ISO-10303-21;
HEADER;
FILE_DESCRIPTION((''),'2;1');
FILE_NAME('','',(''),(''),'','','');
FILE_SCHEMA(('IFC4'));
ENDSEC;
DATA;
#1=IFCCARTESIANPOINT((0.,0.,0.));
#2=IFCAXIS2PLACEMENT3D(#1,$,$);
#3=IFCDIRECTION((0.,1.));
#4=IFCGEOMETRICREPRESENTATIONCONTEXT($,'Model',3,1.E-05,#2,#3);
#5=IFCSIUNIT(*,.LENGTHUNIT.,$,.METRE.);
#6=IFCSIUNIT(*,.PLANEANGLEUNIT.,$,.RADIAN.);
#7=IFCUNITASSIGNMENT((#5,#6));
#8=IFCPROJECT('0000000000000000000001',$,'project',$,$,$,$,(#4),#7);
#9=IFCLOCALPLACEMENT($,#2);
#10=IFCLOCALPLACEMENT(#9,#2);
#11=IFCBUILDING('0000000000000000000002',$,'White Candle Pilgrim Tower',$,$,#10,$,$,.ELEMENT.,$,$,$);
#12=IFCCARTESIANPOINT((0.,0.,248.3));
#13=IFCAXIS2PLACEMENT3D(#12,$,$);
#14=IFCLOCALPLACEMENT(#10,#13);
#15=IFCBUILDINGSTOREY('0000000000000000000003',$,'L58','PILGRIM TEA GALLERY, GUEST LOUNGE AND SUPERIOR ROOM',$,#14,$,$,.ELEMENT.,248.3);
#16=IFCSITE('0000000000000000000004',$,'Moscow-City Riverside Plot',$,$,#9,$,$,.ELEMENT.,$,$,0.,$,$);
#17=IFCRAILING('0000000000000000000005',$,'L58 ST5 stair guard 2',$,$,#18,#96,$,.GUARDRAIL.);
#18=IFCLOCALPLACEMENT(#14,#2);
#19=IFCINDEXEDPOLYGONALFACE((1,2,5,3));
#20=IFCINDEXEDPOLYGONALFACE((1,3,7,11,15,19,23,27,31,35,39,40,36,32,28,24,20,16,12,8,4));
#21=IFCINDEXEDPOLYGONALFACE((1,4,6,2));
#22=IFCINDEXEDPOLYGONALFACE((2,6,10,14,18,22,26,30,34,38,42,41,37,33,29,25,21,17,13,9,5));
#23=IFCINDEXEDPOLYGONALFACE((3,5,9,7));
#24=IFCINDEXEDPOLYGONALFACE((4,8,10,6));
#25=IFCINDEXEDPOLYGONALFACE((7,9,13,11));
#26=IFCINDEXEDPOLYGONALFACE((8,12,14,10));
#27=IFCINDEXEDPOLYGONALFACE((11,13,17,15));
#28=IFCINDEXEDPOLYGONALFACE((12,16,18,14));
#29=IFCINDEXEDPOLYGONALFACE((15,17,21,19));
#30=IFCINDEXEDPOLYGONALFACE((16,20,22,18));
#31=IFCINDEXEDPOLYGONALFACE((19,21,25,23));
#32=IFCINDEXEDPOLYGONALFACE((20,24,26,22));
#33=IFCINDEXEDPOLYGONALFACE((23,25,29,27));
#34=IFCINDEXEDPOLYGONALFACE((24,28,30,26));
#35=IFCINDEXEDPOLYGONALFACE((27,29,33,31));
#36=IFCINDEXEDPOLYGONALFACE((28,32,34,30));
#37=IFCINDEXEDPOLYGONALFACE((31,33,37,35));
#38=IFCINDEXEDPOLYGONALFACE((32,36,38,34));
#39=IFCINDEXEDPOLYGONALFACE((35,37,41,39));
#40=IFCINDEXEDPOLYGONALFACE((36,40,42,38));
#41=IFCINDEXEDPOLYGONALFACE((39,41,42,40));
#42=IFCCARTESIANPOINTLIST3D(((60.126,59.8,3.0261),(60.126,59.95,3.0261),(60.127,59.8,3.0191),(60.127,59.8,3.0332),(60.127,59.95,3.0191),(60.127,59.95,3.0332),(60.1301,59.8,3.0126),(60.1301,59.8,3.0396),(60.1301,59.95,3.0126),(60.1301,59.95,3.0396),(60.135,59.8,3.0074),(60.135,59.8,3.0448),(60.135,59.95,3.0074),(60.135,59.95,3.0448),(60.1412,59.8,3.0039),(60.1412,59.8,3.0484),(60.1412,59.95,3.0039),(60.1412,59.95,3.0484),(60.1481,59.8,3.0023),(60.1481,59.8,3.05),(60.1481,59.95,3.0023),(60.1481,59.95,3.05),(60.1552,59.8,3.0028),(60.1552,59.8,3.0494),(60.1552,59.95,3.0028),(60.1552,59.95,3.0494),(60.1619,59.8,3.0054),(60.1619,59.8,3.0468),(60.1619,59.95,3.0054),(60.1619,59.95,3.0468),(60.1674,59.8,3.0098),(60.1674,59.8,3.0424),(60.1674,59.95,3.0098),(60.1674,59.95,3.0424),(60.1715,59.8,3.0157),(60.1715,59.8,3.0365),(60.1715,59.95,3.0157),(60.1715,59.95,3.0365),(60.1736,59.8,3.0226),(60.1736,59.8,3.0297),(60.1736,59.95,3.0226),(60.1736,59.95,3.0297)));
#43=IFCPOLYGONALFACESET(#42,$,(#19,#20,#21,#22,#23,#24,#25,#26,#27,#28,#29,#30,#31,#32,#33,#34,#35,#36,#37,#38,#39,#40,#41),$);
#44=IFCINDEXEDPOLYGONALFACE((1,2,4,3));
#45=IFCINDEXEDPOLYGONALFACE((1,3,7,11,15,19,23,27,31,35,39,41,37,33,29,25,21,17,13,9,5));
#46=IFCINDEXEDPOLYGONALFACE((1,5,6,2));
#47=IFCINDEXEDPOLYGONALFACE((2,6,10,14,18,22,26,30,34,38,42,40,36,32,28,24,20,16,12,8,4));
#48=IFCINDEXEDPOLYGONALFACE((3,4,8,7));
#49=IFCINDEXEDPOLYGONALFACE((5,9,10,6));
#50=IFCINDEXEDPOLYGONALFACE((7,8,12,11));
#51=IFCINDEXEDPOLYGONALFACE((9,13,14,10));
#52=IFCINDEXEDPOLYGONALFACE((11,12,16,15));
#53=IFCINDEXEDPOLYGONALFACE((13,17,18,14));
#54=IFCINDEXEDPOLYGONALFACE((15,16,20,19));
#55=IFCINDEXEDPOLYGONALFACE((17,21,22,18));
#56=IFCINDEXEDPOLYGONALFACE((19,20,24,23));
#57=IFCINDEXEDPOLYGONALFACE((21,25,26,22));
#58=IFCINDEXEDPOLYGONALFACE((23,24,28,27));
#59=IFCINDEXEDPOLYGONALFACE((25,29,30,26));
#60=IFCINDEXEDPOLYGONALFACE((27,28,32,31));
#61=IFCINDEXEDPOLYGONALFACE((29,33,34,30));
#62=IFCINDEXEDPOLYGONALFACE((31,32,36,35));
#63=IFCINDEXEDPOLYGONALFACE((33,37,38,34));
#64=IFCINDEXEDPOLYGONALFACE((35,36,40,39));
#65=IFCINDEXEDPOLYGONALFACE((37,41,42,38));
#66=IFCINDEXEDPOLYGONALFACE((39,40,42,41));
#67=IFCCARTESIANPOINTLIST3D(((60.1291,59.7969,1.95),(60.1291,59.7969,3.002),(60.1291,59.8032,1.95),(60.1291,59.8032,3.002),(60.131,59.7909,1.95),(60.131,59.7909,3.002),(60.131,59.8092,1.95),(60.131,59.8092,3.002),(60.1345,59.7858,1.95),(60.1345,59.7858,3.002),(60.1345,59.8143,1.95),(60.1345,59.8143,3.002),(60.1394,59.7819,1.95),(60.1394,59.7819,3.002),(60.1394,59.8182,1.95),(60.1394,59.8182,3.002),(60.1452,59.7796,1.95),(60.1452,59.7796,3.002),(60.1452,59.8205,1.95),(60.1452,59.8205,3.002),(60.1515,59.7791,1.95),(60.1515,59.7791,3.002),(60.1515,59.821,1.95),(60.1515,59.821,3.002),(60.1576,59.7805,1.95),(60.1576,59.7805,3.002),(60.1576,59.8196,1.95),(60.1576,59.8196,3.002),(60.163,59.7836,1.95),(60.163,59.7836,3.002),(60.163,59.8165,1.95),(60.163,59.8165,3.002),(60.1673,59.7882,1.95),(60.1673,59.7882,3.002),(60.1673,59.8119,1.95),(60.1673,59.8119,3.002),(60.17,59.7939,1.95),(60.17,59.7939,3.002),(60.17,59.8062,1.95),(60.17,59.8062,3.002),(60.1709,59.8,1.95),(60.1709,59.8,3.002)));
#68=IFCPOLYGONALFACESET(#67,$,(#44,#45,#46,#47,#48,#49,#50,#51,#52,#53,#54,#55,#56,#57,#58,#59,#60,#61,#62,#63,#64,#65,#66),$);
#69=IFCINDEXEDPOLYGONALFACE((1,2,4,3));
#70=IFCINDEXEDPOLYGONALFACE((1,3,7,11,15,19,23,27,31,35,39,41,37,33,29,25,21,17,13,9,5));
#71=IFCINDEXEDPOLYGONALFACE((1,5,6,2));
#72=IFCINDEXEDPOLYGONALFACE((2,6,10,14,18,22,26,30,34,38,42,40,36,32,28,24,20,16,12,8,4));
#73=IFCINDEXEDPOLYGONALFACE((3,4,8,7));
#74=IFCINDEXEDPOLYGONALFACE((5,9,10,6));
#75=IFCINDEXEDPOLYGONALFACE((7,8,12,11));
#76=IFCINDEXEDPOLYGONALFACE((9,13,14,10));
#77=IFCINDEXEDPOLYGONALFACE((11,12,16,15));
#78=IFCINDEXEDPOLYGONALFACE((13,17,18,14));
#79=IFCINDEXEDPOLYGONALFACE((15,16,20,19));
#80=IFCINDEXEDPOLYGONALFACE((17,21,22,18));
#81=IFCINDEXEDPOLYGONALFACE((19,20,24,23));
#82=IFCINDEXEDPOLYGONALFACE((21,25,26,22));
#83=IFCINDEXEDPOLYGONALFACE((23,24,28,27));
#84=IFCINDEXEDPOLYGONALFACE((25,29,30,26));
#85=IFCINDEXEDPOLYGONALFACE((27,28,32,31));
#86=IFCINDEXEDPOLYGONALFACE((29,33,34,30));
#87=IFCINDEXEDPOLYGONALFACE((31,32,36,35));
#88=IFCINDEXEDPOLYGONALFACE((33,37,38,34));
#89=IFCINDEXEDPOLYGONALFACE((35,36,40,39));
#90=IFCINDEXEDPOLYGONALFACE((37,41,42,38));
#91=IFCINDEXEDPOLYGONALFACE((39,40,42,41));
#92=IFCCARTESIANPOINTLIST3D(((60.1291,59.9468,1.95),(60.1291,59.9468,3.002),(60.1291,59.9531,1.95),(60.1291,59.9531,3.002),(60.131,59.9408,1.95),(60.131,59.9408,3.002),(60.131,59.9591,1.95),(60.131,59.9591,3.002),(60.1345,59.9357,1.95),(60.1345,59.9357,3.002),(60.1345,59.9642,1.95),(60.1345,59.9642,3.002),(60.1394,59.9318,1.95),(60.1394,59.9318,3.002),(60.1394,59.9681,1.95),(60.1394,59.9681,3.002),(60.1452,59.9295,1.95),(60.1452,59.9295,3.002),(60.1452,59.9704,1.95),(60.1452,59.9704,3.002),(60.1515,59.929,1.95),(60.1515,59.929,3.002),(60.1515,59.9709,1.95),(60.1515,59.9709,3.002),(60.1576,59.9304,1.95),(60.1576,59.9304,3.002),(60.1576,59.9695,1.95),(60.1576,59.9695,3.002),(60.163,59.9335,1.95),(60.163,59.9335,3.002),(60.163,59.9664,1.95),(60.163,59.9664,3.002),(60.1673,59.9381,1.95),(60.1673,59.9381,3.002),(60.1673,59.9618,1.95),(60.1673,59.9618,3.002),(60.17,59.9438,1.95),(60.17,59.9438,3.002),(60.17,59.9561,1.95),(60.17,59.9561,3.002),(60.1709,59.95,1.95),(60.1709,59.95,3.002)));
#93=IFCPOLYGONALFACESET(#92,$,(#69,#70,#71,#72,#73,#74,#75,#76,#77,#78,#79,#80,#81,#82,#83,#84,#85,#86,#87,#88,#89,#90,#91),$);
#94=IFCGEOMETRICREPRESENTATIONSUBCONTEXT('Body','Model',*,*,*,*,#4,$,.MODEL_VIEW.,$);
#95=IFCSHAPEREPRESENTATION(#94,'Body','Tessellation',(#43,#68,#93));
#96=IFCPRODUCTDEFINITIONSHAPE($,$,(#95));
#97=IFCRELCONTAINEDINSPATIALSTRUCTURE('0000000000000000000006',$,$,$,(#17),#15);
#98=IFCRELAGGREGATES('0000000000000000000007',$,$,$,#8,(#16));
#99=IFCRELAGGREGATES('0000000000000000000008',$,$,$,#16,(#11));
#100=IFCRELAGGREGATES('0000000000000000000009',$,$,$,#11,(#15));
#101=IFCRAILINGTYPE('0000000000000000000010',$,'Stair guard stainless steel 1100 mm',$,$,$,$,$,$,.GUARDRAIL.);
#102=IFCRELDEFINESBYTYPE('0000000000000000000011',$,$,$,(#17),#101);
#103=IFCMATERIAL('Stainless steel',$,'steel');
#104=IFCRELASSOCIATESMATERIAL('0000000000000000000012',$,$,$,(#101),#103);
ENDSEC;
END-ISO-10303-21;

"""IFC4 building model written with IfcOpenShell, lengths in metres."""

from ifc_helpers import new_model, si_unit, direction, frame, origin, origin_2d, place, context, subcontext, project, spatial, circle, extrude, material, type_object, element, save


model = new_model("IFC4")

# Units and contexts
model_context = context("Model", 3, precision=1e-05, world=origin(), true_north=direction((0.0, 1.0)))
body_context = subcontext(model_context, "Body", "Model", "MODEL_VIEW")
ifc_project = project(units=[si_unit("LENGTHUNIT", "METRE"), si_unit("PLANEANGLEUNIT", "RADIAN")], contexts=[model_context])

# Site, building, storey
site_placement = place(None, origin())
site = spatial("IfcSite", under=ifc_project, at=site_placement, Name="Moscow-City Riverside Plot", CompositionType="ELEMENT", RefElevation=0.0)
building_placement = place(site_placement, origin())
building = spatial("IfcBuilding", under=site, at=building_placement, Name="White Candle Pilgrim Tower", CompositionType="ELEMENT")
storey_placement = place(building_placement, frame((0.0, 0.0, 248.3)))
storey = spatial("IfcBuildingStorey", under=building, at=storey_placement, Name="L58", Description="PILGRIM TEA GALLERY, GUEST LOUNGE AND SUPERIOR ROOM", CompositionType="ELEMENT", Elevation=248.3)

# Railing
ifc_material_1 = material(Name="Stainless steel", Category="steel")
railing_type_1 = type_object("IfcRailingType", Name="Stair guard stainless steel 1100 mm", PredefinedType="GUARDRAIL", material=ifc_material_1)
railing_1_placement = place(storey_placement, frame((60.1499, 59.8, 1.95)))
element("IfcRailing", 1, at=railing_1_placement, inside=storey, type_object=railing_type_1, Name="L58 ST5 stair guard 2", PredefinedType="GUARDRAIL", context=body_context, shape_type="SweptSolid", body=[
    extrude(circle(Radius=0.0239, at=origin_2d()), frame((0.0, 0.0, 1.0762), z_axis=(0.0, 1.0, 0.0), x_axis=(-1.0, 0.0, 0.0)), (0.0, 0.0, 1.0), 0.1499),
    extrude(circle(Radius=0.021, at=origin_2d()), origin(), (0.0, 0.0, 1.0), 1.052),
    extrude(circle(Radius=0.021, at=origin_2d()), frame((0.0, 0.1499, 0.0)), (0.0, 0.0, 1.0), 1.052),
])

save(model, "model.ifc")
